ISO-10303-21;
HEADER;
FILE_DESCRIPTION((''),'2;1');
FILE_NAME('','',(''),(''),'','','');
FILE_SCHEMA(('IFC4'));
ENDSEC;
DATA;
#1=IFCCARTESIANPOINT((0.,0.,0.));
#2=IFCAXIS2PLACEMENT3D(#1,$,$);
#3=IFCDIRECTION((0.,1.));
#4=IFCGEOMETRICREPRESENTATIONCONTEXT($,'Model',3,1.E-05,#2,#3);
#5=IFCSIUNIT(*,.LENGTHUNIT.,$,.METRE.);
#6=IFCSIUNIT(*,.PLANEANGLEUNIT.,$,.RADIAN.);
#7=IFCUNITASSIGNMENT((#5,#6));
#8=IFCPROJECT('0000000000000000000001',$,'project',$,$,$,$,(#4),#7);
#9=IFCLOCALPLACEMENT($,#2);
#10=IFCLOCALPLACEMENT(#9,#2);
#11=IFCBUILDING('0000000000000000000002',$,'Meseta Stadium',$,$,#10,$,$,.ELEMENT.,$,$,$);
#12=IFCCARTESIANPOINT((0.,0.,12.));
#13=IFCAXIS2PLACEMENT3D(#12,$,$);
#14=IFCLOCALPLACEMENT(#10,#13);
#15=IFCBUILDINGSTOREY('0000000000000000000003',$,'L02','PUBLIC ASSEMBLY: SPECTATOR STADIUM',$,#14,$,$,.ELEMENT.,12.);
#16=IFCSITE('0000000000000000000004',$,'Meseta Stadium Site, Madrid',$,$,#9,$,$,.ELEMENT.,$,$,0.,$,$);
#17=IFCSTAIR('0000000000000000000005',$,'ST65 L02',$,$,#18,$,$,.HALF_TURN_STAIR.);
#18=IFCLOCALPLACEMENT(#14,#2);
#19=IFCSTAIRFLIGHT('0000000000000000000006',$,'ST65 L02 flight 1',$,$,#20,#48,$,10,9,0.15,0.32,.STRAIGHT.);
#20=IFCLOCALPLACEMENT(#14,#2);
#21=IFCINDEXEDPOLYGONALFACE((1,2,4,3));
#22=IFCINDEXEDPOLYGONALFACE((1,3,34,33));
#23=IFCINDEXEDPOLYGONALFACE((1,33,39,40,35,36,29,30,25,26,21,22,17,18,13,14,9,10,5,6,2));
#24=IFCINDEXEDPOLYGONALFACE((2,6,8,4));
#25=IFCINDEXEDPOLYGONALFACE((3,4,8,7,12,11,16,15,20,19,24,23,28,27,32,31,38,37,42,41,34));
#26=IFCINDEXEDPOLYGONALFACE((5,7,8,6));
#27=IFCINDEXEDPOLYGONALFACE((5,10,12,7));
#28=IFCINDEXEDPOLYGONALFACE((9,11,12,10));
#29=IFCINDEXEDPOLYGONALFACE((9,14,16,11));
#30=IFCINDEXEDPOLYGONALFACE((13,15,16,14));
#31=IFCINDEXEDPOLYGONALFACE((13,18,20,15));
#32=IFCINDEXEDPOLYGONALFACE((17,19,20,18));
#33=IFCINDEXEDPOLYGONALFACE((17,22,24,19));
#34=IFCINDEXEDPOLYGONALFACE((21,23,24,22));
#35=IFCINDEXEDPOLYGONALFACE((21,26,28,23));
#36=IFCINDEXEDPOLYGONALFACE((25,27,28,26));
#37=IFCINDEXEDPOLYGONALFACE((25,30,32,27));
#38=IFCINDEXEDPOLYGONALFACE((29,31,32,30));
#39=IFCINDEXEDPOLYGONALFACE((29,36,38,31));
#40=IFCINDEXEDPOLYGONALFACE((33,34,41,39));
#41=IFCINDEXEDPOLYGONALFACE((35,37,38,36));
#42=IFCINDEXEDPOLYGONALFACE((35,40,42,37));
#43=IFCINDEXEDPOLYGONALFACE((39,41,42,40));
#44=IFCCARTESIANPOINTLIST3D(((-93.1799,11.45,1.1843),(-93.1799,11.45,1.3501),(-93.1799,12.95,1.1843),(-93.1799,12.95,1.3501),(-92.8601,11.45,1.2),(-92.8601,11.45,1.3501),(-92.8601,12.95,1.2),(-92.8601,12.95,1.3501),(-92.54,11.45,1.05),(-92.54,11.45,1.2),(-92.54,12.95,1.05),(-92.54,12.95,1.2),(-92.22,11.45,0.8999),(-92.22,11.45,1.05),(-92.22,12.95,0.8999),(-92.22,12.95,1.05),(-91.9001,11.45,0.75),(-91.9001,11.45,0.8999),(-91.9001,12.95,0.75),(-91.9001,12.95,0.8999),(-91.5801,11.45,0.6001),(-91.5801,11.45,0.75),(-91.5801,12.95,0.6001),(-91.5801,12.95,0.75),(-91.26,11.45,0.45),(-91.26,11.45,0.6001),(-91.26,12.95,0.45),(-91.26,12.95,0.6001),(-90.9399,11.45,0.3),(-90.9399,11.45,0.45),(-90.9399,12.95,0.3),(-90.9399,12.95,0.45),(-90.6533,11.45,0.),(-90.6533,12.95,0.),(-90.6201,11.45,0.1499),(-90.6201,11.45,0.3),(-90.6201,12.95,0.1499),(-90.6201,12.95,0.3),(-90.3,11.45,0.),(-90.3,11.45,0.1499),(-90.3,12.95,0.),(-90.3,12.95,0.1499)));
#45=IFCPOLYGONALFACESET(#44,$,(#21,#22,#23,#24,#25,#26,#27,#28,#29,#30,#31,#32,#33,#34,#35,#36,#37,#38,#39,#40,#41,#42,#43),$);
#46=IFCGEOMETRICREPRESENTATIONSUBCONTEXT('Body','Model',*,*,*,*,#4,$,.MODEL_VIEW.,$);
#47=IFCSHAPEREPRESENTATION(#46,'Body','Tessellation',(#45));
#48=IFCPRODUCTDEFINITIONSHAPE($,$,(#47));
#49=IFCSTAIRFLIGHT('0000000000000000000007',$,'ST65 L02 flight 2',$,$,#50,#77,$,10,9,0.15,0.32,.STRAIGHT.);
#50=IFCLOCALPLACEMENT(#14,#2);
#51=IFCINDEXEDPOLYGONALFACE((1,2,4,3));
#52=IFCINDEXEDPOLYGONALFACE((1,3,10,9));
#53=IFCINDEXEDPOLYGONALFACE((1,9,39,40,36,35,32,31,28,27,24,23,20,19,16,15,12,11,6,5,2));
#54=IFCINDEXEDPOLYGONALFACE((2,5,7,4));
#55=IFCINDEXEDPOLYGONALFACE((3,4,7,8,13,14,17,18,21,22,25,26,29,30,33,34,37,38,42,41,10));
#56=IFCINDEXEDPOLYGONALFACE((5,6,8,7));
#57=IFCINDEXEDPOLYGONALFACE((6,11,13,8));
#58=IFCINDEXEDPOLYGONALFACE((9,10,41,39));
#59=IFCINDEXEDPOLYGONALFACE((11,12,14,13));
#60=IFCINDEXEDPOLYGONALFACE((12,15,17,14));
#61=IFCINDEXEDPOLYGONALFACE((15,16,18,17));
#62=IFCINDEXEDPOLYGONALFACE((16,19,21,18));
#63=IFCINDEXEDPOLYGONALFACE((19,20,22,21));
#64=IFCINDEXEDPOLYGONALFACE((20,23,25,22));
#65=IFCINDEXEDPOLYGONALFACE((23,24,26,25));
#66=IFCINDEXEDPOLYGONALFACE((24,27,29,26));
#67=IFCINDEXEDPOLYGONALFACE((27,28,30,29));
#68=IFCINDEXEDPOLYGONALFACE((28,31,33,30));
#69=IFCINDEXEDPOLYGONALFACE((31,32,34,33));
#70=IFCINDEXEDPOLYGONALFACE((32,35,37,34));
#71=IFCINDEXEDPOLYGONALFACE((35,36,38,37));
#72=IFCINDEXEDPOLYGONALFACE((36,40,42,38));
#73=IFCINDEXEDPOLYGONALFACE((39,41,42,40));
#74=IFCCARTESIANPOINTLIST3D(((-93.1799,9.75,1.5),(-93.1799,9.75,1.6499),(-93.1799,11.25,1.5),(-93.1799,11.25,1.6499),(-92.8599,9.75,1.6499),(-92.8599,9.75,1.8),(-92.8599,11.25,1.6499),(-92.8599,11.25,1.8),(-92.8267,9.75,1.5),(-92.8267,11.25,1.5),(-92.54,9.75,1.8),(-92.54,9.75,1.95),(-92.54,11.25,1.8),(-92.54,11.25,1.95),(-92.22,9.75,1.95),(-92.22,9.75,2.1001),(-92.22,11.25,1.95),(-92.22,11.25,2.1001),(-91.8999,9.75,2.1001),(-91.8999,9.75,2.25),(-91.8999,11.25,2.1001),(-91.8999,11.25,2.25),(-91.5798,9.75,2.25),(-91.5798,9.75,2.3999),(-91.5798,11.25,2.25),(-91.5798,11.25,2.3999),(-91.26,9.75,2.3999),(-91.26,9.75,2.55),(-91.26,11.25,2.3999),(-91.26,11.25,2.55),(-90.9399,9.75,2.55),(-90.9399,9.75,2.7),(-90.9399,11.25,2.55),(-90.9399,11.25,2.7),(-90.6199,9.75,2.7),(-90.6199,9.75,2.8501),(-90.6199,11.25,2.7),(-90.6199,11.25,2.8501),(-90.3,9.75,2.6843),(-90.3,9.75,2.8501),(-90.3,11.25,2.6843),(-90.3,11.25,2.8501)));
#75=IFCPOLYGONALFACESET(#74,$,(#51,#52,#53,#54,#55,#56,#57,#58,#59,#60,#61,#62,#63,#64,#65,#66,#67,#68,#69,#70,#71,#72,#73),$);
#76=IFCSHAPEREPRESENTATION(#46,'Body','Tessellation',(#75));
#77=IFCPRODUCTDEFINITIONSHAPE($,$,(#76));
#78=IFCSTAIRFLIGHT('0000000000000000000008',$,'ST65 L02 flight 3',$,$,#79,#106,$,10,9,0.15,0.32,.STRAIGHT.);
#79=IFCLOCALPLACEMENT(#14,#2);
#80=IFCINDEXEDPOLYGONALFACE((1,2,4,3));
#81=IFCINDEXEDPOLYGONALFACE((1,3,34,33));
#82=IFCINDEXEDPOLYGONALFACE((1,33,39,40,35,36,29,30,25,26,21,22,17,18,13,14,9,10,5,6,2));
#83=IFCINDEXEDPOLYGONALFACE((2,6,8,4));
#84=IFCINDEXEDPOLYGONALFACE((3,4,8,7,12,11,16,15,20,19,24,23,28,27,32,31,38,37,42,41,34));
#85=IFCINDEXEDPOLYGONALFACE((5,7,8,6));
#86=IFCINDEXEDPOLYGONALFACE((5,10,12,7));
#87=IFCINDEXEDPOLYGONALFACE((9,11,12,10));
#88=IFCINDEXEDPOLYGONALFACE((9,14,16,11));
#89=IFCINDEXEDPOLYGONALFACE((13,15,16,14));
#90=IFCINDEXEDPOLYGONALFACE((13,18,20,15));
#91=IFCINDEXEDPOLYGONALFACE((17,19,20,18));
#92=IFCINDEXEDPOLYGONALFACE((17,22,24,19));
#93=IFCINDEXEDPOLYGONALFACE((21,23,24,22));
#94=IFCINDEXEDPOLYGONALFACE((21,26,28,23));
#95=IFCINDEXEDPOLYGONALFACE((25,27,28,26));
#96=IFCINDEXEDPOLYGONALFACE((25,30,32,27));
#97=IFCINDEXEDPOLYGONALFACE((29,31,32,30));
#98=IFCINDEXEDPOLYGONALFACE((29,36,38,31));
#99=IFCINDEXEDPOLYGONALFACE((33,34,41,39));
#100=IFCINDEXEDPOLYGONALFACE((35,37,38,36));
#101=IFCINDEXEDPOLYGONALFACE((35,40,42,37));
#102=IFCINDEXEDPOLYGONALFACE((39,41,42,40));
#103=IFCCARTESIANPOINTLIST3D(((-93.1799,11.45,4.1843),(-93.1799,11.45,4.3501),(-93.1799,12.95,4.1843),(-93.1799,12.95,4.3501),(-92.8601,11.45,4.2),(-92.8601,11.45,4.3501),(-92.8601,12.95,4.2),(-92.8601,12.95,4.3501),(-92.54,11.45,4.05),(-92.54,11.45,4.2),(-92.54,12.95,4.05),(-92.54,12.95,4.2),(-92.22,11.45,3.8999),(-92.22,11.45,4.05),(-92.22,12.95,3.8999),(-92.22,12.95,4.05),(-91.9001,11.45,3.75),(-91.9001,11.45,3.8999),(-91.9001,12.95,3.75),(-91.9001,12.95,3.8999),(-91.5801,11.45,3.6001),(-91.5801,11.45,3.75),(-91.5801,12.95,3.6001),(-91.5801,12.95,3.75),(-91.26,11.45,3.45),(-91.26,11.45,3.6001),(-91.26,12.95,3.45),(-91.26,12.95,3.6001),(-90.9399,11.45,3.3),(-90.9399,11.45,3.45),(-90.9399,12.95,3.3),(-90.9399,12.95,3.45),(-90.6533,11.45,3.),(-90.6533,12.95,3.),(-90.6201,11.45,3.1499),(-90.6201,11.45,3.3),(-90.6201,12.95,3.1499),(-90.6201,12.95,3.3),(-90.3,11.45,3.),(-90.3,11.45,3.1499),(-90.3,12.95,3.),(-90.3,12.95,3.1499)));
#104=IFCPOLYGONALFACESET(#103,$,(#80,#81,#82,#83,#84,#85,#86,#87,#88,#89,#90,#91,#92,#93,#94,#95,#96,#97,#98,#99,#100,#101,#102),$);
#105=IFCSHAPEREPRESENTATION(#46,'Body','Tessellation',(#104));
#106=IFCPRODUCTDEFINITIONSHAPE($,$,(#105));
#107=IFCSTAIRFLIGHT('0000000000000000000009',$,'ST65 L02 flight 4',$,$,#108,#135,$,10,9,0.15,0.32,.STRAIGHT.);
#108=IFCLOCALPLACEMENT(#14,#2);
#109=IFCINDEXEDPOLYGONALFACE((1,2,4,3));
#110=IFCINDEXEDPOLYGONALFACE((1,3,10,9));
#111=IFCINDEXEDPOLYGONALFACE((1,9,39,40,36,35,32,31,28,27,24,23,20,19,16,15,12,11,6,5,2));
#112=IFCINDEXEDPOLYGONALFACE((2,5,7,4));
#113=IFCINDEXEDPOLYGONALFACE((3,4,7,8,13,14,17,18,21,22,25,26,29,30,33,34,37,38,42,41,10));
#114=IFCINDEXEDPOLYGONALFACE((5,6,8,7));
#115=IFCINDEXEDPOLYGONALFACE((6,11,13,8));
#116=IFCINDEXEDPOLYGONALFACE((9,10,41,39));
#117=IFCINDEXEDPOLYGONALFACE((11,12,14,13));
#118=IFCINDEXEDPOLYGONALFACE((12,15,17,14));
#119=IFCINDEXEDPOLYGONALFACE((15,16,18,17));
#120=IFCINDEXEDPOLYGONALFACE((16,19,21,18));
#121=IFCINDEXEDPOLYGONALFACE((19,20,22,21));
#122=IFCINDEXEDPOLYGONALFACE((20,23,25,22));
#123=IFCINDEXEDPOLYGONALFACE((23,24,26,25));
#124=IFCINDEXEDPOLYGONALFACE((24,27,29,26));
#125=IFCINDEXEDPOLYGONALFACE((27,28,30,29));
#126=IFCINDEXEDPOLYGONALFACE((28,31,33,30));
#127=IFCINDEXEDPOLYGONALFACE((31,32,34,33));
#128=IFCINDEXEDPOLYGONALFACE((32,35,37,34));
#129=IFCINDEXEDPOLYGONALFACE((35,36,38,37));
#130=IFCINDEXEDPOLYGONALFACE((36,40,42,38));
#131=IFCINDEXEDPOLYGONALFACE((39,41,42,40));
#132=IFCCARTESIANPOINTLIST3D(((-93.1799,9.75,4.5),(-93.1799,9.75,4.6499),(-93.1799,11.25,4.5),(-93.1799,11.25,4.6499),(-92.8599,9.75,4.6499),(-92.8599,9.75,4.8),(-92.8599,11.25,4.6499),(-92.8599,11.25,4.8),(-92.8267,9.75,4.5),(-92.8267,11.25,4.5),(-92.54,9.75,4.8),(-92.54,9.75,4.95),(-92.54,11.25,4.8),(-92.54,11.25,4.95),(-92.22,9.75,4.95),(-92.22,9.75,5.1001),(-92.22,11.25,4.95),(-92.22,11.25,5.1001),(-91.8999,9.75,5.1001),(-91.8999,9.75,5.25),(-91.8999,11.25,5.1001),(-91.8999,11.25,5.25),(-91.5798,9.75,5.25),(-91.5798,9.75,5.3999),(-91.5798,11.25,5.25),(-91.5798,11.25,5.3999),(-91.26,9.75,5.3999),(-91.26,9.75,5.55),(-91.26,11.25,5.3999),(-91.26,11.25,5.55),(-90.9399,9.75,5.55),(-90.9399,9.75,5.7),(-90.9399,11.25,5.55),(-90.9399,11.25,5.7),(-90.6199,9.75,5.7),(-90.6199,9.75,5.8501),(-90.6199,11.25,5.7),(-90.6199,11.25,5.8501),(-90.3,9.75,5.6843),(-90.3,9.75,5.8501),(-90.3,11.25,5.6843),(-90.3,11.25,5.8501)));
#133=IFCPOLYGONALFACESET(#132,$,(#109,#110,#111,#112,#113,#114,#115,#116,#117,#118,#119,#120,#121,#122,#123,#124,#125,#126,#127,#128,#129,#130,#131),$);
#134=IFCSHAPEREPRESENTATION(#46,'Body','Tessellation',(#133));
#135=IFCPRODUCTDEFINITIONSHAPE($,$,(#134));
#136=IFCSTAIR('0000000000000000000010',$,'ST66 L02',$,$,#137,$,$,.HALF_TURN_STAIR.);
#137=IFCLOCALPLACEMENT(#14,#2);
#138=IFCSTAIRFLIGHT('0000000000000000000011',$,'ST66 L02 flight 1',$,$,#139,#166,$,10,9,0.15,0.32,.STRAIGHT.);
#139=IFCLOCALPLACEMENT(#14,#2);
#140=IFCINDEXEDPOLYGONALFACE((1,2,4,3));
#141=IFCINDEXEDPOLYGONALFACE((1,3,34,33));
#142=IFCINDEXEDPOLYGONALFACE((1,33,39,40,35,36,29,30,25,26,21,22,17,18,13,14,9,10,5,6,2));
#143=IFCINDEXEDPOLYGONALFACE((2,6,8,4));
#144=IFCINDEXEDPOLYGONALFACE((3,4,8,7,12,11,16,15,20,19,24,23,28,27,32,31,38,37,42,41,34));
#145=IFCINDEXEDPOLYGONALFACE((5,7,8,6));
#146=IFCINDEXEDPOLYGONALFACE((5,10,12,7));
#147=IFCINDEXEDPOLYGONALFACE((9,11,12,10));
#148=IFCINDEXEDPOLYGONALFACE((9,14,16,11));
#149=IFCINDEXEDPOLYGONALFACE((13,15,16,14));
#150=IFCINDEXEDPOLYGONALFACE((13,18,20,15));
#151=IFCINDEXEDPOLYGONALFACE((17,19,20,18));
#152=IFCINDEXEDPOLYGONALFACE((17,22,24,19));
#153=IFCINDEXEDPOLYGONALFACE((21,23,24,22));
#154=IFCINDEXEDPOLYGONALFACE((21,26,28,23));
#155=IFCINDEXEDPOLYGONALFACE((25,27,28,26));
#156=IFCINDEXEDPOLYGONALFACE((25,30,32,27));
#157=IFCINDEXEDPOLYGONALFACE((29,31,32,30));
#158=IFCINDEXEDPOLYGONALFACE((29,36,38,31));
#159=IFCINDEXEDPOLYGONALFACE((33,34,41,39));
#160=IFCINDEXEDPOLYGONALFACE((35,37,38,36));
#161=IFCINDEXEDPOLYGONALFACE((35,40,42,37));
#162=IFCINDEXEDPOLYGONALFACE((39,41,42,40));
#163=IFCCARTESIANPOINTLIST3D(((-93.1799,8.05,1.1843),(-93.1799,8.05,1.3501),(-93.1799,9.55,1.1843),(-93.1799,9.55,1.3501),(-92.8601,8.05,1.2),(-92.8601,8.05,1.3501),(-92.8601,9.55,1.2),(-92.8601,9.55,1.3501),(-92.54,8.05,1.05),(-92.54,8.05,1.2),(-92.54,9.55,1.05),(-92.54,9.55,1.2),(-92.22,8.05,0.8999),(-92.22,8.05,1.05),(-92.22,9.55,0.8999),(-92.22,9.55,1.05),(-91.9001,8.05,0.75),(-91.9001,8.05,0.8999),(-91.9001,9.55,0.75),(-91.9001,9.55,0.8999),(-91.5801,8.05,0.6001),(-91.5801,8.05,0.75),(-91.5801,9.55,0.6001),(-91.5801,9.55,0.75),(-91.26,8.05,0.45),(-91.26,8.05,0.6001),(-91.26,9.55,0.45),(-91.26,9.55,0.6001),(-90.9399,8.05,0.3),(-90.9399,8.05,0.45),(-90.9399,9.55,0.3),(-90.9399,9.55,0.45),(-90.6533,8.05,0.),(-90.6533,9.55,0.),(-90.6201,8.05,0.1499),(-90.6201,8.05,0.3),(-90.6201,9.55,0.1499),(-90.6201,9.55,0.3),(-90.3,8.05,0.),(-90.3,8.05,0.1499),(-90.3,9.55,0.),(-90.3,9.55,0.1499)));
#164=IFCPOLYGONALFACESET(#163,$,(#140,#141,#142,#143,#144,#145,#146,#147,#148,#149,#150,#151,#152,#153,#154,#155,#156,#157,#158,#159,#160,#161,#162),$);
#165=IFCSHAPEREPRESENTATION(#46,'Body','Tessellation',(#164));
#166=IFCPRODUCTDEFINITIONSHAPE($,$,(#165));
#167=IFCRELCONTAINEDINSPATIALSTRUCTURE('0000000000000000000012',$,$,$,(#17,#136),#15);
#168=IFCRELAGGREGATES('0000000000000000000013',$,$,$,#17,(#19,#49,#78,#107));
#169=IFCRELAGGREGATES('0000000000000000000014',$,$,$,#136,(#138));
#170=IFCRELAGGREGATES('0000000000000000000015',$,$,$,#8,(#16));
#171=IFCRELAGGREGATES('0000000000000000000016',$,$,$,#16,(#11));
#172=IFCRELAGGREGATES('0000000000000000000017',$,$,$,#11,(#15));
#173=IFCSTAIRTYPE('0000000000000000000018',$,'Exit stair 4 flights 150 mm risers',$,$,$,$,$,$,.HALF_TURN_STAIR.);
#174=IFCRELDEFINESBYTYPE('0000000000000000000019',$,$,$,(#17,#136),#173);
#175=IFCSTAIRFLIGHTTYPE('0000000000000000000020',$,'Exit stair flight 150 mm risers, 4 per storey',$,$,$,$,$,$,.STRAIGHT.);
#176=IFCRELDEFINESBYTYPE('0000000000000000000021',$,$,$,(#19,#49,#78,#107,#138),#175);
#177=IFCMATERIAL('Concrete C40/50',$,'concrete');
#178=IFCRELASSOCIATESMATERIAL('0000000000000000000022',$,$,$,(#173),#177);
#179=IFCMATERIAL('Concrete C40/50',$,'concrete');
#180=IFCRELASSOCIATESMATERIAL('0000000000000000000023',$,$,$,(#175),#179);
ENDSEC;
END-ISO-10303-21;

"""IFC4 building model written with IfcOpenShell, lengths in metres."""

from ifc_helpers import new_model, si_unit, direction, frame, origin, place, context, subcontext, project, spatial, polyline, outline, extrude, material, type_object, element, aggregate, save


model = new_model("IFC4")

# Units and contexts
model_context = context("Model", 3, precision=1e-05, world=origin(), true_north=direction((0.0, 1.0)))
body_context = subcontext(model_context, "Body", "Model", "MODEL_VIEW")
ifc_project = project(units=[si_unit("LENGTHUNIT", "METRE"), si_unit("PLANEANGLEUNIT", "RADIAN")], contexts=[model_context])

# Site, building, storey
site_placement = place(None, origin())
site = spatial("IfcSite", under=ifc_project, at=site_placement, Name="Meseta Stadium Site, Madrid", CompositionType="ELEMENT", RefElevation=0.0)
building_placement = place(site_placement, origin())
building = spatial("IfcBuilding", under=site, at=building_placement, Name="Meseta Stadium", CompositionType="ELEMENT")
storey_placement = place(building_placement, frame((0.0, 0.0, 12.0)))
storey = spatial("IfcBuildingStorey", under=building, at=storey_placement, Name="L02", Description="PUBLIC ASSEMBLY: SPECTATOR STADIUM", CompositionType="ELEMENT", Elevation=12.0)

# Stairs, stair flights
ifc_material_1 = material(Name="Concrete C40/50", Category="concrete")
stair_type = type_object("IfcStairType", Name="Exit stair 4 flights 150 mm risers", PredefinedType="HALF_TURN_STAIR", material=ifc_material_1)
stair_1_placement = place(storey_placement, origin())
stair_1 = element("IfcStair", 1, at=stair_1_placement, inside=storey, type_object=stair_type, Name="ST65 L02", PredefinedType="HALF_TURN_STAIR")
ifc_material_2 = material(Name="Concrete C40/50", Category="concrete")
stair_flight_type = type_object("IfcStairFlightType", Name="Exit stair flight 150 mm risers, 4 per storey", PredefinedType="STRAIGHT", material=ifc_material_2)
stair_flight_1_placement = place(storey_placement, frame((-90.3, 12.2, 0.0), z_axis=(0.0, 0.0, 1.0), x_axis=(-1.0, 0.0, 0.0)))
stair_flight_1 = element("IfcStairFlight", 2, at=stair_flight_1_placement, type_object=stair_flight_type, Name="ST65 L02 flight 1", NumberOfRisers=10, NumberOfTreads=9, PredefinedType="STRAIGHT", RiserHeight=0.15, TreadLength=0.32, context=body_context, shape_type="SweptSolid", body=[
    extrude(outline(polyline([(0.0, 0.0), (0.0, 0.1499), (0.3201, 0.1499), (0.3201, 0.3), (0.6399, 0.3), (0.6399, 0.45), (0.96, 0.45), (0.96, 0.6001), (1.28, 0.6001), (1.28, 0.75), (1.6001, 0.75), (1.6001, 0.8999), (1.9199, 0.8999), (1.9199, 1.05), (2.24, 1.05), (2.24, 1.2), (2.5601, 1.2), (2.5601, 1.3501), (2.8799, 1.3501), (2.8799, 1.1843), (0.3533, 0.0), (0.0, 0.0)])), frame((0.0, 0.75, 0.0), z_axis=(0.0, -1.0, 0.0), x_axis=(1.0, 0.0, 0.0)), (0.0, 0.0, 1.0), 1.5),
])
stair_flight_2_placement = place(storey_placement, frame((-93.1799, 10.5, 1.5), z_axis=(0.0, 0.0, 1.0), x_axis=(1.0, 0.0, 0.0)))
stair_flight_2 = element("IfcStairFlight", 3, at=stair_flight_2_placement, type_object=stair_flight_type, Name="ST65 L02 flight 2", NumberOfRisers=10, NumberOfTreads=9, PredefinedType="STRAIGHT", RiserHeight=0.15, TreadLength=0.32, context=body_context, shape_type="SweptSolid", body=[
    extrude(outline(polyline([(0.0, 0.0), (0.0, 0.1499), (0.3201, 0.1499), (0.3201, 0.3), (0.6399, 0.3), (0.6399, 0.45), (0.96, 0.45), (0.96, 0.6001), (1.28, 0.6001), (1.28, 0.75), (1.6001, 0.75), (1.6001, 0.8999), (1.9199, 0.8999), (1.9199, 1.05), (2.24, 1.05), (2.24, 1.2), (2.5601, 1.2), (2.5601, 1.3501), (2.8799, 1.3501), (2.8799, 1.1843), (0.3533, 0.0), (0.0, 0.0)])), frame((0.0, 0.75, 0.0), z_axis=(0.0, -1.0, 0.0), x_axis=(1.0, 0.0, 0.0)), (0.0, 0.0, 1.0), 1.5),
])
stair_flight_3_placement = place(storey_placement, frame((-90.3, 12.2, 3.0), z_axis=(0.0, 0.0, 1.0), x_axis=(-1.0, 0.0, 0.0)))
stair_flight_3 = element("IfcStairFlight", 4, at=stair_flight_3_placement, type_object=stair_flight_type, Name="ST65 L02 flight 3", NumberOfRisers=10, NumberOfTreads=9, PredefinedType="STRAIGHT", RiserHeight=0.15, TreadLength=0.32, context=body_context, shape_type="SweptSolid", body=[
    extrude(outline(polyline([(0.0, 0.0), (0.0, 0.1499), (0.3201, 0.1499), (0.3201, 0.3), (0.6399, 0.3), (0.6399, 0.45), (0.96, 0.45), (0.96, 0.6001), (1.28, 0.6001), (1.28, 0.75), (1.6001, 0.75), (1.6001, 0.8999), (1.9199, 0.8999), (1.9199, 1.05), (2.24, 1.05), (2.24, 1.2), (2.5601, 1.2), (2.5601, 1.3501), (2.8799, 1.3501), (2.8799, 1.1843), (0.3533, 0.0), (0.0, 0.0)])), frame((0.0, 0.75, 0.0), z_axis=(0.0, -1.0, 0.0), x_axis=(1.0, 0.0, 0.0)), (0.0, 0.0, 1.0), 1.5),
])
stair_flight_4_placement = place(storey_placement, frame((-93.1799, 10.5, 4.5), z_axis=(0.0, 0.0, 1.0), x_axis=(1.0, 0.0, 0.0)))
stair_flight_4 = element("IfcStairFlight", 5, at=stair_flight_4_placement, type_object=stair_flight_type, Name="ST65 L02 flight 4", NumberOfRisers=10, NumberOfTreads=9, PredefinedType="STRAIGHT", RiserHeight=0.15, TreadLength=0.32, context=body_context, shape_type="SweptSolid", body=[
    extrude(outline(polyline([(0.0, 0.0), (0.0, 0.1499), (0.3201, 0.1499), (0.3201, 0.3), (0.6399, 0.3), (0.6399, 0.45), (0.96, 0.45), (0.96, 0.6001), (1.28, 0.6001), (1.28, 0.75), (1.6001, 0.75), (1.6001, 0.8999), (1.9199, 0.8999), (1.9199, 1.05), (2.24, 1.05), (2.24, 1.2), (2.5601, 1.2), (2.5601, 1.3501), (2.8799, 1.3501), (2.8799, 1.1843), (0.3533, 0.0), (0.0, 0.0)])), frame((0.0, 0.75, 0.0), z_axis=(0.0, -1.0, 0.0), x_axis=(1.0, 0.0, 0.0)), (0.0, 0.0, 1.0), 1.5),
])
aggregate(stair_1, [stair_flight_1, stair_flight_2, stair_flight_3, stair_flight_4])
stair_2_placement = place(storey_placement, origin())
stair_2 = element("IfcStair", 6, at=stair_2_placement, inside=storey, type_object=stair_type, Name="ST66 L02", PredefinedType="HALF_TURN_STAIR")
stair_flight_5_placement = place(storey_placement, frame((-90.3, 8.8, 0.0), z_axis=(0.0, 0.0, 1.0), x_axis=(-1.0, 0.0, 0.0)))
stair_flight_5 = element("IfcStairFlight", 7, at=stair_flight_5_placement, type_object=stair_flight_type, Name="ST66 L02 flight 1", NumberOfRisers=10, NumberOfTreads=9, PredefinedType="STRAIGHT", RiserHeight=0.15, TreadLength=0.32, context=body_context, shape_type="SweptSolid", body=[
    extrude(outline(polyline([(0.0, 0.0), (0.0, 0.1499), (0.3201, 0.1499), (0.3201, 0.3), (0.6399, 0.3), (0.6399, 0.45), (0.96, 0.45), (0.96, 0.6001), (1.28, 0.6001), (1.28, 0.75), (1.6001, 0.75), (1.6001, 0.8999), (1.9199, 0.8999), (1.9199, 1.05), (2.24, 1.05), (2.24, 1.2), (2.5601, 1.2), (2.5601, 1.3501), (2.8799, 1.3501), (2.8799, 1.1843), (0.3533, 0.0), (0.0, 0.0)])), frame((0.0, 0.75, 0.0), z_axis=(0.0, -1.0, 0.0), x_axis=(1.0, 0.0, 0.0)), (0.0, 0.0, 1.0), 1.5),
])
aggregate(stair_2, [stair_flight_5])

save(model, "model.ifc")
